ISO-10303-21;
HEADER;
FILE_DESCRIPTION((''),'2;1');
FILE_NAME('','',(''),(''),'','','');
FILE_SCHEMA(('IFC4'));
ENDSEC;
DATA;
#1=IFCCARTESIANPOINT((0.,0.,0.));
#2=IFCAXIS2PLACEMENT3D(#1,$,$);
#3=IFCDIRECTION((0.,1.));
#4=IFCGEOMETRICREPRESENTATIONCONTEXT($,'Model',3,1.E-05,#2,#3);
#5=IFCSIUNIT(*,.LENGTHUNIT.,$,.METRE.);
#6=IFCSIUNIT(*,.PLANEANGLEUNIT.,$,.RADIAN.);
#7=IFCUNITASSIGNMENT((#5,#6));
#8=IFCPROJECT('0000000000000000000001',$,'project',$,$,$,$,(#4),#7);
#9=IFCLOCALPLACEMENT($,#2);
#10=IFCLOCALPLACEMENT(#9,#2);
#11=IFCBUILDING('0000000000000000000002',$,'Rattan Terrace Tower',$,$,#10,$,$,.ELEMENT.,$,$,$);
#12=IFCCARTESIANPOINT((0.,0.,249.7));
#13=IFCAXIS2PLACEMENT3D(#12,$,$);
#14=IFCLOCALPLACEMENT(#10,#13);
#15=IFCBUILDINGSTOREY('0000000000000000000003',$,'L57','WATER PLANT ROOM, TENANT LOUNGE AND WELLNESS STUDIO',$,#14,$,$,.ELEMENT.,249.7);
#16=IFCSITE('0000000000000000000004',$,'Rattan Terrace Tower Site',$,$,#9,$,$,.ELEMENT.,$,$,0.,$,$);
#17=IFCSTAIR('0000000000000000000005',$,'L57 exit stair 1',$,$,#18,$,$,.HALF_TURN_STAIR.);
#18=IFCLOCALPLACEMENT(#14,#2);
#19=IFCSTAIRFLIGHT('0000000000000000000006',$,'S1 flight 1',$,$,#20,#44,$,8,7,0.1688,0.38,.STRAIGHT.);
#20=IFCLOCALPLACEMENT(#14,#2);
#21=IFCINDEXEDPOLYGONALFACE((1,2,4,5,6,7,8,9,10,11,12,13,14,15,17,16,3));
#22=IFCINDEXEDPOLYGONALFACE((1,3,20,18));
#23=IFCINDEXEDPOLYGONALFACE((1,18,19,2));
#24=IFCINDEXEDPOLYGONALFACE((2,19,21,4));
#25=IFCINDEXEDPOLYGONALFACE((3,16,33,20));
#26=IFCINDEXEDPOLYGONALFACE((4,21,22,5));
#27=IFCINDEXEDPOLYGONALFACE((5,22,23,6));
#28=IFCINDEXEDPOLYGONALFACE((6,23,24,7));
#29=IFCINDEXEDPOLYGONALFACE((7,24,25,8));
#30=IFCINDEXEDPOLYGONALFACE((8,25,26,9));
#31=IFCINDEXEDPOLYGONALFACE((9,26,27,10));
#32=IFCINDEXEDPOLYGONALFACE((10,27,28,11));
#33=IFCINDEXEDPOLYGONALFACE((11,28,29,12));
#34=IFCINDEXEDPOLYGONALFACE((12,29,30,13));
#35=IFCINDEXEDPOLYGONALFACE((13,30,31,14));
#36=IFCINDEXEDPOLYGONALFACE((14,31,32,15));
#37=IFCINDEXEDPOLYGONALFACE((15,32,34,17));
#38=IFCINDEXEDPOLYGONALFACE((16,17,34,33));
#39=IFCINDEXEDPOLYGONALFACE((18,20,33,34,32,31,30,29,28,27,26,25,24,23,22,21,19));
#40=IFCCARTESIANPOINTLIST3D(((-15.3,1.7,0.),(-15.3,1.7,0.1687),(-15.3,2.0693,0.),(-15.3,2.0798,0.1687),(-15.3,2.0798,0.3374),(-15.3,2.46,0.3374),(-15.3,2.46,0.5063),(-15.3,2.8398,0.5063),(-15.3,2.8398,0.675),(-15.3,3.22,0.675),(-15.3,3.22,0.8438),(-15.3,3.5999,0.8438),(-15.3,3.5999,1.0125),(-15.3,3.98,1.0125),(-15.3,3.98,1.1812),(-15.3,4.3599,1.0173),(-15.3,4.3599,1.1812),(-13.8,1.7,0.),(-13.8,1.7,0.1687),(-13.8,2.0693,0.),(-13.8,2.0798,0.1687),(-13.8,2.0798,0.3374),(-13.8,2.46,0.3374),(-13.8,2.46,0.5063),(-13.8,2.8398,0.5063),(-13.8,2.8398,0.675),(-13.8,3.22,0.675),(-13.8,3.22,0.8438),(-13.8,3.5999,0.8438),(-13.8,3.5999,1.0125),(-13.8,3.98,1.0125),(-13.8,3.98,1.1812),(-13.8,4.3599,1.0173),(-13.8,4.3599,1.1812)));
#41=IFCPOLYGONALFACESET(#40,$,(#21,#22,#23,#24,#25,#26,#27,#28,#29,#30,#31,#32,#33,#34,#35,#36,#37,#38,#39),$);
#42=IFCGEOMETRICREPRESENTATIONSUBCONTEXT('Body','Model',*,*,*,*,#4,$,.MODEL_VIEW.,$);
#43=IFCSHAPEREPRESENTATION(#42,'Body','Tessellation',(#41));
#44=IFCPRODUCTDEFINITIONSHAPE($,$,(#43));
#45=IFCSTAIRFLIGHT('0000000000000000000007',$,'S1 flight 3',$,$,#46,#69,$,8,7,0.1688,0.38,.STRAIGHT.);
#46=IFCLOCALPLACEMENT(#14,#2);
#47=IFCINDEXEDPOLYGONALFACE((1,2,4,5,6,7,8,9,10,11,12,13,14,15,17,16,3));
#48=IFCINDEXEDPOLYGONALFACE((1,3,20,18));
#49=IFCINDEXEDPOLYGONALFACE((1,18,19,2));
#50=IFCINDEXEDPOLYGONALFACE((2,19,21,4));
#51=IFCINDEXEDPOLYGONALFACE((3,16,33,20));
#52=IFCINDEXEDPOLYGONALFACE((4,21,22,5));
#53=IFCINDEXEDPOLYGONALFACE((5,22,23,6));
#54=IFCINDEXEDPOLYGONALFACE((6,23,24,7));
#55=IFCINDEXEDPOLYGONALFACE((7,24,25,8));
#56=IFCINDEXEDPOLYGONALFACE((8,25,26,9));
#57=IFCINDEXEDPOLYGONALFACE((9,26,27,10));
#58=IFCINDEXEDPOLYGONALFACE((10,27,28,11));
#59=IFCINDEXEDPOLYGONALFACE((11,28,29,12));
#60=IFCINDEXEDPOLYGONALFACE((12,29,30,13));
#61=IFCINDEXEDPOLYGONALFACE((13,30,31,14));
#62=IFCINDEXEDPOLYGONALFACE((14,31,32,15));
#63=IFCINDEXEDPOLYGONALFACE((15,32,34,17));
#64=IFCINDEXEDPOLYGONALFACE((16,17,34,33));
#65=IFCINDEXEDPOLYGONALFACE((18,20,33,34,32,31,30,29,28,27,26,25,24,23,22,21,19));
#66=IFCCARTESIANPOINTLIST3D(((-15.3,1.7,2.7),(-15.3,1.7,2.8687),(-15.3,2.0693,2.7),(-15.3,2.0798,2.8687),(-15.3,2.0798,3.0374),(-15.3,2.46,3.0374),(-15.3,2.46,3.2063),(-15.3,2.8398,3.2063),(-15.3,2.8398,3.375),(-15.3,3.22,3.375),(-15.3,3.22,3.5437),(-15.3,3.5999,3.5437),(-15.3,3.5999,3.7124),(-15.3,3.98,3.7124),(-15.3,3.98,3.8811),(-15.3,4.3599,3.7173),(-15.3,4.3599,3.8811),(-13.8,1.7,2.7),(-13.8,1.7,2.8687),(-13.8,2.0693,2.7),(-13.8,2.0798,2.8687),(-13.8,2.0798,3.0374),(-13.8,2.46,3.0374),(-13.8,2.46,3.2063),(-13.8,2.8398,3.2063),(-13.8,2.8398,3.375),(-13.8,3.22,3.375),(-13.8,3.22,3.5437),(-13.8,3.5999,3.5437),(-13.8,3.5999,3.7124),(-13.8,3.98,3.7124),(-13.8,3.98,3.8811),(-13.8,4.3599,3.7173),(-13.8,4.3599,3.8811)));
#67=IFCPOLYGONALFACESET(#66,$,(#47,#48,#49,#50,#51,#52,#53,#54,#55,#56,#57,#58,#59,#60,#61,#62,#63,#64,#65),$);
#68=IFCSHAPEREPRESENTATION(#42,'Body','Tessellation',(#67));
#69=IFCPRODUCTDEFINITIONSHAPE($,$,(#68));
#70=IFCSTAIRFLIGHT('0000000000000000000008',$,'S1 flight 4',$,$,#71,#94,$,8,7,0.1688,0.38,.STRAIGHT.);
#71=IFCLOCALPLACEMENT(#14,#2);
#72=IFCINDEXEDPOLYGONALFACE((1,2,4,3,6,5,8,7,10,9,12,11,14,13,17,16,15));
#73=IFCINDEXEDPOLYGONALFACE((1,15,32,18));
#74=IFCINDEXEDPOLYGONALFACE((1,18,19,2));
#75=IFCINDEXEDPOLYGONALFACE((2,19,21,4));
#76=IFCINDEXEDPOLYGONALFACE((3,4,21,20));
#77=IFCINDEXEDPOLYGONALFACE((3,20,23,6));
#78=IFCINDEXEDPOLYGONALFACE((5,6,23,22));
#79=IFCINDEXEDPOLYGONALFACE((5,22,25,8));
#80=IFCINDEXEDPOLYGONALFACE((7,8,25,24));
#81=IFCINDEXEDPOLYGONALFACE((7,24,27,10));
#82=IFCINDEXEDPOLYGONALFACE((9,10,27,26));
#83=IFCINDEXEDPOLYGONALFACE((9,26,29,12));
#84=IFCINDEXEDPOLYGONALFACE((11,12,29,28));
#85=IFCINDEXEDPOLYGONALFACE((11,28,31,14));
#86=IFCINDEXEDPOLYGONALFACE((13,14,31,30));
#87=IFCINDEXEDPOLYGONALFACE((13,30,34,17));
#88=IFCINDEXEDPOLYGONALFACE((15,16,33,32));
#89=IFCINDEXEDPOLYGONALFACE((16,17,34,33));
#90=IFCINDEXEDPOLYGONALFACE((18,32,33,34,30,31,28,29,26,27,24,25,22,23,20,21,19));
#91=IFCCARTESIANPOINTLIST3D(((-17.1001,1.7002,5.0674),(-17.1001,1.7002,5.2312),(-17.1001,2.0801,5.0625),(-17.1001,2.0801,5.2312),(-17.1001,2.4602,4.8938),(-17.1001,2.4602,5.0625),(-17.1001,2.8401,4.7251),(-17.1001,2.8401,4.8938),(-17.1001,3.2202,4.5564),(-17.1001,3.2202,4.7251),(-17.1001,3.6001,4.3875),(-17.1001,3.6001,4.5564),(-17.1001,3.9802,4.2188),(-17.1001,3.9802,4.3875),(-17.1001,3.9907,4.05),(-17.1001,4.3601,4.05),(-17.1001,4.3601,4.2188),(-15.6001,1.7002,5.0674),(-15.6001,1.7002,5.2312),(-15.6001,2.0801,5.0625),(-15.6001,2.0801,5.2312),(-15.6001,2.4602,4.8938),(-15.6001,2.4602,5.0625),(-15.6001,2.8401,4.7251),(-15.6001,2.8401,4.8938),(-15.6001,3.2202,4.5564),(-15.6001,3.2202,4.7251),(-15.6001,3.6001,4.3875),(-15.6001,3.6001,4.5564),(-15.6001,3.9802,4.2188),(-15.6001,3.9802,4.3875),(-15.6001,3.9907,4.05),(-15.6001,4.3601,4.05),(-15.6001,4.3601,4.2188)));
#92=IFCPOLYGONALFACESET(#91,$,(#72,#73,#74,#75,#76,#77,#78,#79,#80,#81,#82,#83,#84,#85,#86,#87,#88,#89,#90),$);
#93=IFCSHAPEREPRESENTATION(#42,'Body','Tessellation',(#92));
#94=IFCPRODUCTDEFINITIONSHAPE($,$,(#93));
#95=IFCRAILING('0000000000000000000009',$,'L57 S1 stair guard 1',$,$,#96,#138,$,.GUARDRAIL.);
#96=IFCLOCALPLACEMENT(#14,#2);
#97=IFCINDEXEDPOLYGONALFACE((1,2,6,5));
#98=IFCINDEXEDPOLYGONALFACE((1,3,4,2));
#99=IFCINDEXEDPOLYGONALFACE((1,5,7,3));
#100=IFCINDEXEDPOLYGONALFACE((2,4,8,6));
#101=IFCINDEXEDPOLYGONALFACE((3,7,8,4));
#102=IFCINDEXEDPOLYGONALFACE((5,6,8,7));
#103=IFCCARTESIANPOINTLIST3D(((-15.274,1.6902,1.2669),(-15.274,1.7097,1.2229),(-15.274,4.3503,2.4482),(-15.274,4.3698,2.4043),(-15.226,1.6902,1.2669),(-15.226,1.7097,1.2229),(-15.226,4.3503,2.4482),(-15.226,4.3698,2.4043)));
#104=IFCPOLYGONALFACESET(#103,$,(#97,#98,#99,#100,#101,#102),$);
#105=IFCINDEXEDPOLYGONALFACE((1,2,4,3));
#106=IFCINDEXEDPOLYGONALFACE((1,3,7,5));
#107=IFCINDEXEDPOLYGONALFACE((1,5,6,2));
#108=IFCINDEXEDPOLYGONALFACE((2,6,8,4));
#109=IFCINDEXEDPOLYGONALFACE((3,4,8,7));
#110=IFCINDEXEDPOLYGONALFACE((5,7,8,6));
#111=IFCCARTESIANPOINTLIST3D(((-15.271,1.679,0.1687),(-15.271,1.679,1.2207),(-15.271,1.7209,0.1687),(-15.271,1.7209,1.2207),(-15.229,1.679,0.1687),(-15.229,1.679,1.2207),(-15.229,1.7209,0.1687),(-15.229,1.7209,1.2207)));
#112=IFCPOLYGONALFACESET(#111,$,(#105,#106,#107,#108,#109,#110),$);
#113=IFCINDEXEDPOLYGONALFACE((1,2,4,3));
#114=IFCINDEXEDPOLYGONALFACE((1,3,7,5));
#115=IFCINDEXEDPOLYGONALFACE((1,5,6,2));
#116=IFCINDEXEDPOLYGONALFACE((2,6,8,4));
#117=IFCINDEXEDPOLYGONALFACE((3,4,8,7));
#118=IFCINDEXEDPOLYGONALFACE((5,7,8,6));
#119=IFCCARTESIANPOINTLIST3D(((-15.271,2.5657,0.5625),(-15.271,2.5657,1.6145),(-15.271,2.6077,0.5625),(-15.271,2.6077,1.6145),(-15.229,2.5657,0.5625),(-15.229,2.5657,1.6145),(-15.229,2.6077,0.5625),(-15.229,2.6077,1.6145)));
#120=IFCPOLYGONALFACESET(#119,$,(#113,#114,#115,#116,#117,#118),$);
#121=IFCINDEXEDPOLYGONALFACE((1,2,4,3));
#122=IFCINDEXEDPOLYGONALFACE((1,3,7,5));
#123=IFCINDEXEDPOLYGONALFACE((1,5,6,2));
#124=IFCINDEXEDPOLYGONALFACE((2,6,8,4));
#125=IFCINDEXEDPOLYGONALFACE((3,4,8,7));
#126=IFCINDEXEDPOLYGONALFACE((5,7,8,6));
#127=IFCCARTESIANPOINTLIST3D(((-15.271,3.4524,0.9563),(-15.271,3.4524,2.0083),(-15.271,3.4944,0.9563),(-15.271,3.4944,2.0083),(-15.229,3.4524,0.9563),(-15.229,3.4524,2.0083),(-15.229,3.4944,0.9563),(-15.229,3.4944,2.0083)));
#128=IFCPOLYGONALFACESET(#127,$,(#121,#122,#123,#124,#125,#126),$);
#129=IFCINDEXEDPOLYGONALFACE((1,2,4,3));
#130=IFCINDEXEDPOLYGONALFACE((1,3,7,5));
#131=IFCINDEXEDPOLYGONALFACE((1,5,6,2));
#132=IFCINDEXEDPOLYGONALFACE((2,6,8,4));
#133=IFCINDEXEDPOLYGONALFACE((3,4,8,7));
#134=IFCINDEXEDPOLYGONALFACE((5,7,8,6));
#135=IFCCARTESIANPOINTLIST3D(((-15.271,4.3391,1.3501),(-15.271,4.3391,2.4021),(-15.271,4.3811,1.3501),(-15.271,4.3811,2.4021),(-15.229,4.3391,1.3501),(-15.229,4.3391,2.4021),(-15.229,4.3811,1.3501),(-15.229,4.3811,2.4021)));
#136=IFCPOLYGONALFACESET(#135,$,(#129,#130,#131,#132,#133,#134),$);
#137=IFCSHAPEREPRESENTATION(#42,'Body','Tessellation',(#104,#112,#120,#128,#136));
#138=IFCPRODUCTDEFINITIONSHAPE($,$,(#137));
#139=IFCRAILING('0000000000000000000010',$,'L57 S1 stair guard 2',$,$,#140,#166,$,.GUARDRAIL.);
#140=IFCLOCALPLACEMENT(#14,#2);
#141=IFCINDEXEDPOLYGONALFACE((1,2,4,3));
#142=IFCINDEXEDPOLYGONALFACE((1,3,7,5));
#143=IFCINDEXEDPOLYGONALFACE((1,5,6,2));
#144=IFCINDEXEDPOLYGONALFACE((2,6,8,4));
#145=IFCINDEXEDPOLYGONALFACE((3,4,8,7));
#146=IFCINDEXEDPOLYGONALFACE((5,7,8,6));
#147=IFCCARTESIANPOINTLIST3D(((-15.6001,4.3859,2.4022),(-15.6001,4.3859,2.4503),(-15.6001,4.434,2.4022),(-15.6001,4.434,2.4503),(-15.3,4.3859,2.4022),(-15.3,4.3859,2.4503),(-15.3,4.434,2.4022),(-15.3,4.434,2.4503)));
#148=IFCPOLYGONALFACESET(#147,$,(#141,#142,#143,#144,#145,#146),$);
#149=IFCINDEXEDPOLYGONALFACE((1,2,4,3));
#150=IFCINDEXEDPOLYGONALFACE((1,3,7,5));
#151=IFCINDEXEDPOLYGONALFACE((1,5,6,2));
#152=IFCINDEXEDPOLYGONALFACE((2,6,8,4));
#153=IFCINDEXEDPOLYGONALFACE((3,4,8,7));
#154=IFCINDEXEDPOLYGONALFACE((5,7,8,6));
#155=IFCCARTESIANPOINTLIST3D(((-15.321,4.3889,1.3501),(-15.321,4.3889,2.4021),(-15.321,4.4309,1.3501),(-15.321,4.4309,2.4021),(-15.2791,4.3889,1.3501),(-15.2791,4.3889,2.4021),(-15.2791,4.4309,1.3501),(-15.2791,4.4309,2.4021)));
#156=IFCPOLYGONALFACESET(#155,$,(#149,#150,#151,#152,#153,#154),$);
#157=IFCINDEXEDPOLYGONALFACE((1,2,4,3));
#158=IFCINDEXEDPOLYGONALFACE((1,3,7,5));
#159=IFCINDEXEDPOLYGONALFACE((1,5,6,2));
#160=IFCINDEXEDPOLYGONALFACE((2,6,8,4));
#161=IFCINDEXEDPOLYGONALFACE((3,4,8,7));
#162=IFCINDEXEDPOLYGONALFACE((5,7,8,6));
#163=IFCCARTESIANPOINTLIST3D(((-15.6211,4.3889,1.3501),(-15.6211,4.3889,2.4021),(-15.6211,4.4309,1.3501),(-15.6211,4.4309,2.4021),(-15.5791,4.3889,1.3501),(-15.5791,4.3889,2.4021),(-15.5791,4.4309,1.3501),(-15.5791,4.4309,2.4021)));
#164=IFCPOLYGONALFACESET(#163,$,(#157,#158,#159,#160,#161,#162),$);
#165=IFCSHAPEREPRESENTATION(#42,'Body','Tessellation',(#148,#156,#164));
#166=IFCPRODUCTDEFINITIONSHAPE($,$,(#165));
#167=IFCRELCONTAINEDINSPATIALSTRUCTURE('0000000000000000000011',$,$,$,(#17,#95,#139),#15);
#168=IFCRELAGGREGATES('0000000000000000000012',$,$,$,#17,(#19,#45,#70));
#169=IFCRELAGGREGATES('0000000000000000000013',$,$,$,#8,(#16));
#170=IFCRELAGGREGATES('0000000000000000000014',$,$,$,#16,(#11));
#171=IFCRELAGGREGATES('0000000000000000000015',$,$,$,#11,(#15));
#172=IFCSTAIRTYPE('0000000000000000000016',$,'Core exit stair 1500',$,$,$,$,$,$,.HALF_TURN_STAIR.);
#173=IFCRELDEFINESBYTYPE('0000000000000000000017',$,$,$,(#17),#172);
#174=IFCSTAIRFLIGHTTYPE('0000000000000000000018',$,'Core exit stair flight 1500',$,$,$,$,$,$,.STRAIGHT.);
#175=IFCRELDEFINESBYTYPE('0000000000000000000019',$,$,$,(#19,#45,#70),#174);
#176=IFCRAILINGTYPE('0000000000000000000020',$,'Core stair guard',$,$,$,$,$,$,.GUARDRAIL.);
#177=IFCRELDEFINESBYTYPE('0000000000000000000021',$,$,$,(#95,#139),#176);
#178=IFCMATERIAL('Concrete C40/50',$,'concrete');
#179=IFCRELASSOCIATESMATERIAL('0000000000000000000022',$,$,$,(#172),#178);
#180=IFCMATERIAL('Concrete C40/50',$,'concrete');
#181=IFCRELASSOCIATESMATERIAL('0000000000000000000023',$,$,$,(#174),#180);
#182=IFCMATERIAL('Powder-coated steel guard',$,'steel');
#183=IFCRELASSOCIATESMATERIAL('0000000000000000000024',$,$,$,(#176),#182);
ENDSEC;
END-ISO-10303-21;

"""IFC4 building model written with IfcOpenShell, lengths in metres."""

from ifc_helpers import new_model, si_unit, direction, frame, origin, origin_2d, place, context, subcontext, project, spatial, polyline, rectangle, outline, extrude, material, type_object, element, aggregate, save


model = new_model("IFC4")

# Units and contexts
model_context = context("Model", 3, precision=1e-05, world=origin(), true_north=direction((0.0, 1.0)))
body_context = subcontext(model_context, "Body", "Model", "MODEL_VIEW")
ifc_project = project(units=[si_unit("LENGTHUNIT", "METRE"), si_unit("PLANEANGLEUNIT", "RADIAN")], contexts=[model_context])

# Site, building, storey
site_placement = place(None, origin())
site = spatial("IfcSite", under=ifc_project, at=site_placement, Name="Rattan Terrace Tower Site", CompositionType="ELEMENT", RefElevation=0.0)
building_placement = place(site_placement, origin())
building = spatial("IfcBuilding", under=site, at=building_placement, Name="Rattan Terrace Tower", CompositionType="ELEMENT")
storey_placement = place(building_placement, frame((0.0, 0.0, 249.7)))
storey = spatial("IfcBuildingStorey", under=building, at=storey_placement, Name="L57", Description="WATER PLANT ROOM, TENANT LOUNGE AND WELLNESS STUDIO", CompositionType="ELEMENT", Elevation=249.7)

# Stair, stair flights
ifc_material_1 = material(Name="Concrete C40/50", Category="concrete")
stair_type = type_object("IfcStairType", Name="Core exit stair 1500", PredefinedType="HALF_TURN_STAIR", material=ifc_material_1)
stair_placement = place(storey_placement, origin())
stair = element("IfcStair", 1, at=stair_placement, inside=storey, type_object=stair_type, Name="L57 exit stair 1", PredefinedType="HALF_TURN_STAIR")
ifc_material_2 = material(Name="Concrete C40/50", Category="concrete")
stair_flight_type = type_object("IfcStairFlightType", Name="Core exit stair flight 1500", PredefinedType="STRAIGHT", material=ifc_material_2)
stair_flight_1_placement = place(storey_placement, frame((-14.55, 1.7, 0.0), z_axis=(0.0, 0.0, 1.0), x_axis=(0.0, 1.0, 0.0)))
stair_flight_1 = element("IfcStairFlight", 2, at=stair_flight_1_placement, type_object=stair_flight_type, Name="S1 flight 1", NumberOfRisers=8, NumberOfTreads=7, PredefinedType="STRAIGHT", RiserHeight=0.1688, TreadLength=0.38, context=body_context, shape_type="SweptSolid", body=[
    extrude(outline(polyline([(0.0, 0.0), (0.0, 0.1687), (0.3799, 0.1687), (0.3799, 0.3374), (0.76, 0.3374), (0.76, 0.5063), (1.1399, 0.5063), (1.1399, 0.675), (1.52, 0.675), (1.52, 0.8438), (1.8999, 0.8438), (1.8999, 1.0125), (2.28, 1.0125), (2.28, 1.1812), (2.6599, 1.1812), (2.6599, 1.3501), (2.6599, 1.0173), (0.3694, 0.0), (0.0, 0.0)])), frame((0.0, 0.75, 0.0), z_axis=(0.0, -1.0, 0.0), x_axis=(1.0, 0.0, 0.0)), (0.0, 0.0, 1.0), 1.5),
])
stair_flight_2_placement = place(storey_placement, frame((-14.55, 1.7, 2.7), z_axis=(0.0, 0.0, 1.0), x_axis=(0.0, 1.0, 0.0)))
stair_flight_2 = element("IfcStairFlight", 3, at=stair_flight_2_placement, type_object=stair_flight_type, Name="S1 flight 3", NumberOfRisers=8, NumberOfTreads=7, PredefinedType="STRAIGHT", RiserHeight=0.1688, TreadLength=0.38, context=body_context, shape_type="SweptSolid", body=[
    extrude(outline(polyline([(0.0, 0.0), (0.0, 0.1687), (0.3799, 0.1687), (0.3799, 0.3374), (0.76, 0.3374), (0.76, 0.5063), (1.1399, 0.5063), (1.1399, 0.675), (1.52, 0.675), (1.52, 0.8438), (1.8999, 0.8438), (1.8999, 1.0125), (2.28, 1.0125), (2.28, 1.1812), (2.6599, 1.1812), (2.6599, 1.3501), (2.6599, 1.0173), (0.3694, 0.0), (0.0, 0.0)])), frame((0.0, 0.75, 0.0), z_axis=(0.0, -1.0, 0.0), x_axis=(1.0, 0.0, 0.0)), (0.0, 0.0, 1.0), 1.5),
])
stair_flight_3_placement = place(storey_placement, frame((-16.3501, 4.3601, 4.05), z_axis=(0.0, 0.0, 1.0), x_axis=(0.0, -1.0, 0.0)))
stair_flight_3 = element("IfcStairFlight", 4, at=stair_flight_3_placement, type_object=stair_flight_type, Name="S1 flight 4", NumberOfRisers=8, NumberOfTreads=7, PredefinedType="STRAIGHT", RiserHeight=0.1688, TreadLength=0.38, context=body_context, shape_type="SweptSolid", body=[
    extrude(outline(polyline([(0.0, 0.0), (0.0, 0.1687), (0.3799, 0.1687), (0.3799, 0.3374), (0.76, 0.3374), (0.76, 0.5063), (1.1399, 0.5063), (1.1399, 0.675), (1.52, 0.675), (1.52, 0.8438), (1.8999, 0.8438), (1.8999, 1.0125), (2.28, 1.0125), (2.28, 1.1812), (2.6599, 1.1812), (2.6599, 1.3501), (2.6599, 1.0173), (0.3694, 0.0), (0.0, 0.0)])), frame((0.0, 0.75, 0.0), z_axis=(0.0, -1.0, 0.0), x_axis=(1.0, 0.0, 0.0)), (0.0, 0.0, 1.0), 1.5),
])
aggregate(stair, [stair_flight_1, stair_flight_2, stair_flight_3])

# Railings
ifc_material_3 = material(Name="Powder-coated steel guard", Category="steel")
railing_type_1 = type_object("IfcRailingType", Name="Core stair guard", PredefinedType="GUARDRAIL", material=ifc_material_3)
railing_1_placement = place(storey_placement, frame((-15.25, 1.7, 0.1687)))
element("IfcRailing", 5, at=railing_1_placement, inside=storey, type_object=railing_type_1, Name="L57 S1 stair guard 1", PredefinedType="GUARDRAIL", context=body_context, shape_type="SweptSolid", body=[
    extrude(rectangle(XDim=0.0481, YDim=0.0481, at=origin_2d()), frame((0.0, 0.0, 1.0762), z_axis=(0.0, 0.913926, 0.405882), x_axis=(-1.0, 0.0, 0.0)), (0.0, 0.0, 1.0), 2.9106),
    extrude(rectangle(XDim=0.042, YDim=0.042, at=origin_2d()), origin(), (0.0, 0.0, 1.0), 1.052),
    extrude(rectangle(XDim=0.042, YDim=0.042, at=origin_2d()), frame((0.0, 0.8867, 0.3938)), (0.0, 0.0, 1.0), 1.052),
    extrude(rectangle(XDim=0.042, YDim=0.042, at=origin_2d()), frame((0.0, 1.7734, 0.7876)), (0.0, 0.0, 1.0), 1.052),
    extrude(rectangle(XDim=0.042, YDim=0.042, at=origin_2d()), frame((0.0, 2.6602, 1.1814)), (0.0, 0.0, 1.0), 1.052),
])
railing_2_placement = place(storey_placement, frame((-15.3, 4.4099, 1.3501)))
element("IfcRailing", 6, at=railing_2_placement, inside=storey, type_object=railing_type_1, Name="L57 S1 stair guard 2", PredefinedType="GUARDRAIL", context=body_context, shape_type="SweptSolid", body=[
    extrude(rectangle(XDim=0.0481, YDim=0.0481, at=origin_2d()), frame((0.0, 0.0, 1.0762), z_axis=(-1.0, 0.0, 0.0), x_axis=(0.0, -1.0, 0.0)), (0.0, 0.0, 1.0), 0.3),
    extrude(rectangle(XDim=0.042, YDim=0.042, at=origin_2d()), origin(), (0.0, 0.0, 1.0), 1.052),
    extrude(rectangle(XDim=0.042, YDim=0.042, at=origin_2d()), frame((-0.3, 0.0, 0.0)), (0.0, 0.0, 1.0), 1.052),
])

save(model, "model.ifc")
